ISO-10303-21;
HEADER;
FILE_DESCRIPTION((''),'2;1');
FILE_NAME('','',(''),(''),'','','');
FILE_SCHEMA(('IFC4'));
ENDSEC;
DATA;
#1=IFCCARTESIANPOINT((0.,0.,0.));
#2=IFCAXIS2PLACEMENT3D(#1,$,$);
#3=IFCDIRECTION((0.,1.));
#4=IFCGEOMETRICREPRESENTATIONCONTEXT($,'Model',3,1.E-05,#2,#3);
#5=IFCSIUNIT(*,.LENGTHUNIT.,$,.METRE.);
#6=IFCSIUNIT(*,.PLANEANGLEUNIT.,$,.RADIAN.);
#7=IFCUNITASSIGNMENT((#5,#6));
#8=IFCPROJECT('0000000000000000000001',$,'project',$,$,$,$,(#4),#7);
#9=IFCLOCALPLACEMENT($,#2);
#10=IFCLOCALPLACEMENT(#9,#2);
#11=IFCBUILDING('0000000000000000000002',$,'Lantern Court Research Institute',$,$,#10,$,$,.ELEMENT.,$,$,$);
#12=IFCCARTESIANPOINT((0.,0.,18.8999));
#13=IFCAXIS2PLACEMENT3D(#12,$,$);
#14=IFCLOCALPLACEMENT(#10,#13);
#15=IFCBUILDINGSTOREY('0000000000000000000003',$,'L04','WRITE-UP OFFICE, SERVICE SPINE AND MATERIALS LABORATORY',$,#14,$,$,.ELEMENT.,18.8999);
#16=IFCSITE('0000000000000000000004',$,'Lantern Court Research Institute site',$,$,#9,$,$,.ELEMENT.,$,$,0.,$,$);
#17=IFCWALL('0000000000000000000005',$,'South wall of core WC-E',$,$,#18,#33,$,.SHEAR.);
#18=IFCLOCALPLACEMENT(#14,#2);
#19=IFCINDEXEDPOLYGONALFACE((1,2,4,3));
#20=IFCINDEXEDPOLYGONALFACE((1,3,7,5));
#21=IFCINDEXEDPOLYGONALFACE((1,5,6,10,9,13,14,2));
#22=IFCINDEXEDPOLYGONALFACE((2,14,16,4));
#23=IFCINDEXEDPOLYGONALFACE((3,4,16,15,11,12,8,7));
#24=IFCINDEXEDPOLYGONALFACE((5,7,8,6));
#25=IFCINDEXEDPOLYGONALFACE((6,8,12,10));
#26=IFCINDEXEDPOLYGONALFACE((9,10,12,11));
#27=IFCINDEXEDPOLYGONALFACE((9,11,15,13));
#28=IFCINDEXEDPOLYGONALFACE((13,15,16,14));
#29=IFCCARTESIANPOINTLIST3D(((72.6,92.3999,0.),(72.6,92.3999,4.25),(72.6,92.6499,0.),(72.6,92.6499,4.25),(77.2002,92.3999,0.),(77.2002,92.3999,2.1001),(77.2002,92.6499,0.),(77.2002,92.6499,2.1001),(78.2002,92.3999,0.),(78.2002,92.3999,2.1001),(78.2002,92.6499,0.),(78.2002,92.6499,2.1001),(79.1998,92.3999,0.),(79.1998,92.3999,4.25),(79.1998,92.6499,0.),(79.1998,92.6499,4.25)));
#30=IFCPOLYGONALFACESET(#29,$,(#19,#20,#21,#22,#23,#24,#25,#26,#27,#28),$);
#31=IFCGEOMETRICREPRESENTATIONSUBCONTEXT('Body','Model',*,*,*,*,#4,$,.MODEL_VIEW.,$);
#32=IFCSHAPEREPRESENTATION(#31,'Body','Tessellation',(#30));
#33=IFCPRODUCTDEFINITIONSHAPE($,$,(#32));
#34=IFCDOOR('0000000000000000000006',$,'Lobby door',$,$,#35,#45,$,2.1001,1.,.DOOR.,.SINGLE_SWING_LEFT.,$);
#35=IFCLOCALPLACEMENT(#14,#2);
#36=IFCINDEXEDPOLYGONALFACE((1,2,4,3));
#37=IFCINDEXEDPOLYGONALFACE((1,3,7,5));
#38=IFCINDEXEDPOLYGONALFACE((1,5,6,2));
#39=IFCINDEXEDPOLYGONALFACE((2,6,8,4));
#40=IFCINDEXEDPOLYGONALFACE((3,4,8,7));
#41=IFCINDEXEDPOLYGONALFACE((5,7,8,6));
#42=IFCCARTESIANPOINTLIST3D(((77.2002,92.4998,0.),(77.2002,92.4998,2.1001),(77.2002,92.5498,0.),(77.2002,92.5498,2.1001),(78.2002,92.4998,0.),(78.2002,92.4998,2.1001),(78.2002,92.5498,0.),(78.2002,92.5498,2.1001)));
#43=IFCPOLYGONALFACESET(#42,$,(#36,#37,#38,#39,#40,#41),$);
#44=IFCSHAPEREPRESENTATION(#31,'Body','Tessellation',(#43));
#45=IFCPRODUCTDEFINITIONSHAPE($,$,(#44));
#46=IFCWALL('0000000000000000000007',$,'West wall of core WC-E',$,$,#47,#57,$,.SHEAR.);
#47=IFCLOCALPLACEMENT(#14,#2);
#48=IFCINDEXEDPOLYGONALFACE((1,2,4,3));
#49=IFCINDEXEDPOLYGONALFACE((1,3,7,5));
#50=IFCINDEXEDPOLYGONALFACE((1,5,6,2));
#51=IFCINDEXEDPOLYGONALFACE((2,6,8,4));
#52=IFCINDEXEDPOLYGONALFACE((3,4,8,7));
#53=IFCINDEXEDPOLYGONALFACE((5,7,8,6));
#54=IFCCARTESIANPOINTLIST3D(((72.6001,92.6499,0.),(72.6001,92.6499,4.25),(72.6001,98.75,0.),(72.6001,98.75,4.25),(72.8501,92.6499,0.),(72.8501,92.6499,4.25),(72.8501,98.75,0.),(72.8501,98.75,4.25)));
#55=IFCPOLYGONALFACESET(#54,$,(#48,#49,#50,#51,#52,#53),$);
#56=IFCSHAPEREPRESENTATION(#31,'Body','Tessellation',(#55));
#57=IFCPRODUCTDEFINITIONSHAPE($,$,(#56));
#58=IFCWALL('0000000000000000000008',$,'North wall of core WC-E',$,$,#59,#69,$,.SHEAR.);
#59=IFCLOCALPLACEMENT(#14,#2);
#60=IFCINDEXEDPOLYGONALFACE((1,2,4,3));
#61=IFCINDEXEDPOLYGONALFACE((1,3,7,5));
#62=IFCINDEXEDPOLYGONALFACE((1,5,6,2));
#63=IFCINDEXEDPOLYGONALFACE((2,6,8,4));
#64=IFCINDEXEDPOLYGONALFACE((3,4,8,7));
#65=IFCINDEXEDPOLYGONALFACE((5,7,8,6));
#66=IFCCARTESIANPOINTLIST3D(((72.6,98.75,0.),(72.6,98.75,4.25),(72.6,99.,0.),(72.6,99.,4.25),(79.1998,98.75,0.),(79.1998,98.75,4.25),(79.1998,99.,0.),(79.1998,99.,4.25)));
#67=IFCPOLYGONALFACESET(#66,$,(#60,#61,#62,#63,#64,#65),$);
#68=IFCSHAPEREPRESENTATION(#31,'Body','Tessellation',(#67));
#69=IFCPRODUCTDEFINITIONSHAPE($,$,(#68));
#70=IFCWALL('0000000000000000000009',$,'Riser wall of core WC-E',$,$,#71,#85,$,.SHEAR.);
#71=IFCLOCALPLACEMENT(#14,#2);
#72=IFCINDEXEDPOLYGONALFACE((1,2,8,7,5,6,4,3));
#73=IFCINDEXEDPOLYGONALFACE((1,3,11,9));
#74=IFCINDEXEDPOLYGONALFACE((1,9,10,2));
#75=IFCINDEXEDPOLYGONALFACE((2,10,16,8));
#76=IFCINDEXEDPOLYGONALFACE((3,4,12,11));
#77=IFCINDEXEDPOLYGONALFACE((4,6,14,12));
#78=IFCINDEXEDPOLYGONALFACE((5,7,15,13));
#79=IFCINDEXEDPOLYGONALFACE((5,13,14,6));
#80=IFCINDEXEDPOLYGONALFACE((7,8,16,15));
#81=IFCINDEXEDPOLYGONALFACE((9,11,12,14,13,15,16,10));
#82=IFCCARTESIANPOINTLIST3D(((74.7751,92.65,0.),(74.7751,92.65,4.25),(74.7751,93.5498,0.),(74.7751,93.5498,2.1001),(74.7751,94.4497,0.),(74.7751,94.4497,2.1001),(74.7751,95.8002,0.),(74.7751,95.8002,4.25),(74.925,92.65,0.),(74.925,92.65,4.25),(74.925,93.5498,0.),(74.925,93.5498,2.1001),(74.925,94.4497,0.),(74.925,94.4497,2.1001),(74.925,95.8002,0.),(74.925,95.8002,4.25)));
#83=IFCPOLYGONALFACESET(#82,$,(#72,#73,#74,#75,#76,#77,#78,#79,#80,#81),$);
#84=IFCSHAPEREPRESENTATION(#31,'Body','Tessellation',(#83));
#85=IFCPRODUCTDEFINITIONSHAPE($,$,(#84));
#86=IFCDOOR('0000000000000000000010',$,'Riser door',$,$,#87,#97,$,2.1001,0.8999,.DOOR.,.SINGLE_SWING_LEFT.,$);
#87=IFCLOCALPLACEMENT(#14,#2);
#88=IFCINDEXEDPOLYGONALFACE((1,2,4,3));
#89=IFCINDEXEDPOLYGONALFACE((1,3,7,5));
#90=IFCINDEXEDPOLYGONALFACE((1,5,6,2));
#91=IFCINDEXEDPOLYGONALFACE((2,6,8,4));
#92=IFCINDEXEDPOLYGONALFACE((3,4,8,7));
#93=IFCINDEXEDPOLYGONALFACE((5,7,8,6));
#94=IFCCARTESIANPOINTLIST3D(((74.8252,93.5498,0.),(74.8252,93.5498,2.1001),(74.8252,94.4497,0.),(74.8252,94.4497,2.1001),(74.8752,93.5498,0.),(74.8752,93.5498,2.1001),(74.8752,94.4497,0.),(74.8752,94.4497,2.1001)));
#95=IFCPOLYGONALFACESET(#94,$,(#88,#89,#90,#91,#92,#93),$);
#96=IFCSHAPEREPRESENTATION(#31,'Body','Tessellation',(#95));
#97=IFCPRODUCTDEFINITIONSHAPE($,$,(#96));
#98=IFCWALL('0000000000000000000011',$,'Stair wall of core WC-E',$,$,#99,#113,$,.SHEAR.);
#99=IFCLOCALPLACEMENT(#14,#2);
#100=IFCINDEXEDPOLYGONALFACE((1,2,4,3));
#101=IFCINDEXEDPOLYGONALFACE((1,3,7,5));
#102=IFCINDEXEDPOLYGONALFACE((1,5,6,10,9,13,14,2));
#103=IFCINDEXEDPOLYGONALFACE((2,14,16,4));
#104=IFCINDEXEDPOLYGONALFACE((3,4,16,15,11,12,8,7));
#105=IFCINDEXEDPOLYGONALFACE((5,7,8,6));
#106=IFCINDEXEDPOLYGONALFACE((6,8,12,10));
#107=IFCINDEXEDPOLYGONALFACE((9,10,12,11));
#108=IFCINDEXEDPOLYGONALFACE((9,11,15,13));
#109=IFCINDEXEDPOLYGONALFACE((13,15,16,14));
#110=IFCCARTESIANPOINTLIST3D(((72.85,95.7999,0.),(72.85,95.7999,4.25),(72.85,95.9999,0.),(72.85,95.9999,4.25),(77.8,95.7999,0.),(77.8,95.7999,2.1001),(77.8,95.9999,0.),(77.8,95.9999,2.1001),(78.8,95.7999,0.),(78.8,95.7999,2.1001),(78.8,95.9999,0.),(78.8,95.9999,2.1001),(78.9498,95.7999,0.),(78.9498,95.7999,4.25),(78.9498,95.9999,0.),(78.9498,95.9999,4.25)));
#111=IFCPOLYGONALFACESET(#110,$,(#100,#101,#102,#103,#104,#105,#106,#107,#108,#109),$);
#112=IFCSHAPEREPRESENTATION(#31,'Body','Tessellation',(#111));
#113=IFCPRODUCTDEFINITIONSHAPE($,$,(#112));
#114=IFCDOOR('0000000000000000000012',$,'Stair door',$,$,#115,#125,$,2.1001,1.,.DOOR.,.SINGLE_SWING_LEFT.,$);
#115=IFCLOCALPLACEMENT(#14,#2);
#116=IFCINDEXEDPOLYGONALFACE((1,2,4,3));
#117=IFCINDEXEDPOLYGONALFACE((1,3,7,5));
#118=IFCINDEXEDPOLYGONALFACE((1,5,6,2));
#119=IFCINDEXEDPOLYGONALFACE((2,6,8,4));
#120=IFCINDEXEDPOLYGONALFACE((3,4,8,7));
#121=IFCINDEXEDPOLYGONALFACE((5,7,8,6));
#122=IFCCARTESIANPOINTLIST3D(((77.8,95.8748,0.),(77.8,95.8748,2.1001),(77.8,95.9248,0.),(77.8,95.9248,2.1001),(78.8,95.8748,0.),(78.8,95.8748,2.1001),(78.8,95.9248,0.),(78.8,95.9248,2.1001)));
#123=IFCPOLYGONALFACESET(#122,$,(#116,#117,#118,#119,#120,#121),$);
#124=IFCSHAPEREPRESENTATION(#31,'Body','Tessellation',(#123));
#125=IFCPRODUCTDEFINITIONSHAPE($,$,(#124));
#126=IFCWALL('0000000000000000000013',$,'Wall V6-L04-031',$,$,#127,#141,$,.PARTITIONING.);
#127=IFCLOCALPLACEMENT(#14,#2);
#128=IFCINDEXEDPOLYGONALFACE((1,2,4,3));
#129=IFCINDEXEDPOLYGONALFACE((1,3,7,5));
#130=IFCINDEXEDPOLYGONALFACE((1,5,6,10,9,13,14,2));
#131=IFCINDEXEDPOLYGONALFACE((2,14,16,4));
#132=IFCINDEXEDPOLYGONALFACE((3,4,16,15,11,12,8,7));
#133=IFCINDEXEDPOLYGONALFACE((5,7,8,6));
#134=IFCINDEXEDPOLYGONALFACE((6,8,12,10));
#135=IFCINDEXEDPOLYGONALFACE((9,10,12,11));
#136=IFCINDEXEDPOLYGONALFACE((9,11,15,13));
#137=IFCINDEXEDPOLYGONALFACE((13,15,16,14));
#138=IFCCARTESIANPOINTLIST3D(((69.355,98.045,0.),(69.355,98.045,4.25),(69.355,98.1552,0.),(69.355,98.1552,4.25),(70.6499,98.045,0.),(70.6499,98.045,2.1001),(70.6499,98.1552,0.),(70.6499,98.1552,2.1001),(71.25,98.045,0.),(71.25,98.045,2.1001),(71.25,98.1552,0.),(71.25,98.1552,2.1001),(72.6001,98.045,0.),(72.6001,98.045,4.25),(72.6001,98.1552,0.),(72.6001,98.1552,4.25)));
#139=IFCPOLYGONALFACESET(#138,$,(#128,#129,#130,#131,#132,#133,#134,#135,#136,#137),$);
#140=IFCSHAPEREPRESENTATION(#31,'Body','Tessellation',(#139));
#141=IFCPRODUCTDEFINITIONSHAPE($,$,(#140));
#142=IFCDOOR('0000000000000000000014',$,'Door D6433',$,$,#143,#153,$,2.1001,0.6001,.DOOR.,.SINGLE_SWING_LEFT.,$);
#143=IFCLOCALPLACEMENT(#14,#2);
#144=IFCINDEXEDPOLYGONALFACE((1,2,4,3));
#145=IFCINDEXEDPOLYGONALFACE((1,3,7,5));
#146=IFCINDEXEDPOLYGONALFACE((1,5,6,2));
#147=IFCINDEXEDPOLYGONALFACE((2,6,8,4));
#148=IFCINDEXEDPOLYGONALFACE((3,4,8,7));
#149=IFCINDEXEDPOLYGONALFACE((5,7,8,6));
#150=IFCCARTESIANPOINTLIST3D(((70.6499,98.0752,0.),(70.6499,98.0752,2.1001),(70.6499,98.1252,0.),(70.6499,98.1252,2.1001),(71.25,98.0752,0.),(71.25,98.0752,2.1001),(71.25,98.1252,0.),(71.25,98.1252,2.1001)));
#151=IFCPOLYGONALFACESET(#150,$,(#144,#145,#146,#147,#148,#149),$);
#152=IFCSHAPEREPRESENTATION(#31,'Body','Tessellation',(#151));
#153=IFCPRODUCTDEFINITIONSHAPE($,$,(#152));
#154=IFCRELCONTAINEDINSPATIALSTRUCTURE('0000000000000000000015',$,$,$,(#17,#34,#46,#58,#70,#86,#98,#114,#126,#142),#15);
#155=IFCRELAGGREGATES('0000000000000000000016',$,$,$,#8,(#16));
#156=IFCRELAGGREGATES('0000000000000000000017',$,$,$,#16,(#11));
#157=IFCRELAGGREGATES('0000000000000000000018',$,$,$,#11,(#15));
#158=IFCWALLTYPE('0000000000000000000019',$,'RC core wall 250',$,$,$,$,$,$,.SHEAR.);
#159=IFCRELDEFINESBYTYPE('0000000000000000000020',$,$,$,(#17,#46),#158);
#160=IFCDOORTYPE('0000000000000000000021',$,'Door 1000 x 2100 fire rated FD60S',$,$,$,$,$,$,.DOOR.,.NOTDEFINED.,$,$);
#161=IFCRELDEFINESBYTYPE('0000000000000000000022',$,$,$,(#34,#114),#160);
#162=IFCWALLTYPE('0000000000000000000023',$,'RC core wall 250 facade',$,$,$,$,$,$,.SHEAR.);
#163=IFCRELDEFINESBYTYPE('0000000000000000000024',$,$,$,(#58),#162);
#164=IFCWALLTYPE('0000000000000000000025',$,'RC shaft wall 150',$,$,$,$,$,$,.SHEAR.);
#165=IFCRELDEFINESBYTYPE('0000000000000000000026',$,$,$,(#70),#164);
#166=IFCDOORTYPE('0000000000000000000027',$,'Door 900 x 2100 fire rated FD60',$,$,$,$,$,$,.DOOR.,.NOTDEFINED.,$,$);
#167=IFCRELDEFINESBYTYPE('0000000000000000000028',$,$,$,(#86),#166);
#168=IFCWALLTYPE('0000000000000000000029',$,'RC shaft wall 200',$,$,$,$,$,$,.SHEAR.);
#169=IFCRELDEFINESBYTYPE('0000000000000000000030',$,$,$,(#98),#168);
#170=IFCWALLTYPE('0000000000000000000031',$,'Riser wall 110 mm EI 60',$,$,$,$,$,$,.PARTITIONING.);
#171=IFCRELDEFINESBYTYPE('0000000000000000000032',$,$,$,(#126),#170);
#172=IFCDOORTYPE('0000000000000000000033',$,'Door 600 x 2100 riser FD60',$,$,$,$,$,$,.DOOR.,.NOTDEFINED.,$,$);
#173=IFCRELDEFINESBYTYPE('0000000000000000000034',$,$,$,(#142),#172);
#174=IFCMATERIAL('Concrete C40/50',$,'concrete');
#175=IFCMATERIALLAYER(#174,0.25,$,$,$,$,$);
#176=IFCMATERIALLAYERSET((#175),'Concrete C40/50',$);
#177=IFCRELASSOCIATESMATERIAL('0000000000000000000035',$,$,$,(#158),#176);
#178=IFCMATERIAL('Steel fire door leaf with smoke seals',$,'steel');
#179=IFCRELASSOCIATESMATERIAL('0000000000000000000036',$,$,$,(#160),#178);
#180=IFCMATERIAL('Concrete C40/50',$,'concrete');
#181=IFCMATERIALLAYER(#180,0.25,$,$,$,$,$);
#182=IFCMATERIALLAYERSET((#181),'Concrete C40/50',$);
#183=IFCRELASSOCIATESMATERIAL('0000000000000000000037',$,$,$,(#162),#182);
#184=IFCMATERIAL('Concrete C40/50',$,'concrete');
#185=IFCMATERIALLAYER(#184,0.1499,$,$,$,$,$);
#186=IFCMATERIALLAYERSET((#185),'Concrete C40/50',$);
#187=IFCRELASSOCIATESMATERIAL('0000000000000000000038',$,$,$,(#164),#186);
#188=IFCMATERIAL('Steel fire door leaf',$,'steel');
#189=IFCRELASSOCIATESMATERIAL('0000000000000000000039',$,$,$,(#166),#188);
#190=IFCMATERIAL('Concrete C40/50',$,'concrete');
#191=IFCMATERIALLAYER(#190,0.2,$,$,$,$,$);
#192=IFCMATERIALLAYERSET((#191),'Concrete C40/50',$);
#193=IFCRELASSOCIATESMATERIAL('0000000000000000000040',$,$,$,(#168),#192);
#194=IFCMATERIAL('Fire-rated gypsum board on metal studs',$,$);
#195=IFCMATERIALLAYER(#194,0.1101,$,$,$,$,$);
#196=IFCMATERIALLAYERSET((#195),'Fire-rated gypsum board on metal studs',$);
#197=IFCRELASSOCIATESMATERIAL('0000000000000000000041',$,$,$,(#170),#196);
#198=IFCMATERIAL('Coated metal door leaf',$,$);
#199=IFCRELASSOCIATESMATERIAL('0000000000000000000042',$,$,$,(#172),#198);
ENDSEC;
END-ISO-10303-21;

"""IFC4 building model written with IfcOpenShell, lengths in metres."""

from ifc_helpers import new_model, si_unit, direction, frame, frame_2d, origin, place, context, subcontext, project, spatial, rectangle, extrude, material, layer, layer_set, type_object, element, fill, save


model = new_model("IFC4")

# Units and contexts
model_context = context("Model", 3, precision=1e-05, world=origin(), true_north=direction((0.0, 1.0)))
body_context = subcontext(model_context, "Body", "Model", "MODEL_VIEW")
ifc_project = project(units=[si_unit("LENGTHUNIT", "METRE"), si_unit("PLANEANGLEUNIT", "RADIAN")], contexts=[model_context])

# Site, building, storey
site_placement = place(None, origin())
site = spatial("IfcSite", under=ifc_project, at=site_placement, Name="Lantern Court Research Institute site", CompositionType="ELEMENT", RefElevation=0.0)
building_placement = place(site_placement, origin())
building = spatial("IfcBuilding", under=site, at=building_placement, Name="Lantern Court Research Institute", CompositionType="ELEMENT")
storey_placement = place(building_placement, frame((0.0, 0.0, 18.8999)))
storey = spatial("IfcBuildingStorey", under=building, at=storey_placement, Name="L04", Description="WRITE-UP OFFICE, SERVICE SPINE AND MATERIALS LABORATORY", CompositionType="ELEMENT", Elevation=18.8999)

# Wall, opening, door
ifc_material_1 = material(Name="Concrete C40/50", Category="concrete")
ifc_layer_1 = layer(ifc_material_1, 0.25)
ifc_layer_set_1 = layer_set([ifc_layer_1], Name="Concrete C40/50")
wall_type_1 = type_object("IfcWallType", Name="RC core wall 250", PredefinedType="SHEAR", material=ifc_layer_set_1)
wall_1_placement = place(storey_placement, frame((72.6001, 92.5249, 0.0), z_axis=(0.0, 0.0, 1.0), x_axis=(1.0, 0.0, 0.0)))
wall_1 = element("IfcWall", 1, at=wall_1_placement, inside=storey, type_object=wall_type_1, Name="South wall of core WC-E", PredefinedType="SHEAR", context=body_context, shape_type="SweptSolid", body=[
    extrude(rectangle(XDim=6.5999, YDim=0.25, at=frame_2d((3.2998, 0.0))), origin(), (0.0, 0.0, 1.0), 4.25),
])
opening_1_placement = place(wall_1_placement, frame((4.6001, 0.0, 0.0)))
opening_1 = element("IfcOpeningElement", 2, at=opening_1_placement, cuts=wall_1, PredefinedType="OPENING", context=body_context, shape_type="SweptSolid", body=[
    extrude(rectangle(XDim=1.0, YDim=2.1001, at=frame_2d((0.5, 1.05))), frame((0.0, 0.135, 0.0), z_axis=(0.0, -1.0, 0.0), x_axis=(1.0, 0.0, 0.0)), (0.0, 0.0, 1.0), 0.27),
])
ifc_material_2 = material(Name="Steel fire door leaf with smoke seals", Category="steel")
door_type_1 = type_object("IfcDoorType", Name="Door 1000 x 2100 fire rated FD60S", OperationType="NOTDEFINED", PredefinedType="DOOR", material=ifc_material_2)
door_1_placement = place(opening_1_placement, origin())
door_1 = element("IfcDoor", 3, at=door_1_placement, inside=storey, type_object=door_type_1, Name="Lobby door", OperationType="SINGLE_SWING_LEFT", OverallHeight=2.1001, OverallWidth=1.0, PredefinedType="DOOR", context=body_context, shape_type="SweptSolid", body=[
    extrude(rectangle(XDim=1.0, YDim=2.1001, at=frame_2d((0.5, 1.05))), frame((0.0, 0.0249, 0.0), z_axis=(0.0, -1.0, 0.0), x_axis=(1.0, 0.0, 0.0)), (0.0, 0.0, 1.0), 0.05),
])
fill(opening_1, door_1)

# Walls
wall_2_placement = place(storey_placement, frame((72.7251, 92.6499, 0.0), z_axis=(0.0, 0.0, 1.0), x_axis=(0.0, 1.0, 0.0)))
element("IfcWall", 4, at=wall_2_placement, inside=storey, type_object=wall_type_1, Name="West wall of core WC-E", PredefinedType="SHEAR", context=body_context, shape_type="SweptSolid", body=[
    extrude(rectangle(XDim=6.1001, YDim=0.25, at=frame_2d((3.05, 0.0))), origin(), (0.0, 0.0, 1.0), 4.25),
])
ifc_material_3 = material(Name="Concrete C40/50", Category="concrete")
ifc_layer_2 = layer(ifc_material_3, 0.25)
ifc_layer_set_2 = layer_set([ifc_layer_2], Name="Concrete C40/50")
wall_type_2 = type_object("IfcWallType", Name="RC core wall 250 facade", PredefinedType="SHEAR", material=ifc_layer_set_2)
wall_3_placement = place(storey_placement, frame((72.6001, 98.875, 0.0), z_axis=(0.0, 0.0, 1.0), x_axis=(1.0, 0.0, 0.0)))
element("IfcWall", 5, at=wall_3_placement, inside=storey, type_object=wall_type_2, Name="North wall of core WC-E", PredefinedType="SHEAR", context=body_context, shape_type="SweptSolid", body=[
    extrude(rectangle(XDim=6.5999, YDim=0.25, at=frame_2d((3.2998, 0.0))), origin(), (0.0, 0.0, 1.0), 4.25),
])

# Walls, openings, doors
ifc_material_4 = material(Name="Concrete C40/50", Category="concrete")
ifc_layer_3 = layer(ifc_material_4, 0.1499)
ifc_layer_set_3 = layer_set([ifc_layer_3], Name="Concrete C40/50")
wall_type_3 = type_object("IfcWallType", Name="RC shaft wall 150", PredefinedType="SHEAR", material=ifc_layer_set_3)
wall_4_placement = place(storey_placement, frame((74.8501, 92.6499, 0.0), z_axis=(0.0, 0.0, 1.0), x_axis=(0.0, 1.0, 0.0)))
wall_4 = element("IfcWall", 6, at=wall_4_placement, inside=storey, type_object=wall_type_3, Name="Riser wall of core WC-E", PredefinedType="SHEAR", context=body_context, shape_type="SweptSolid", body=[
    extrude(rectangle(XDim=3.1501, YDim=0.1499, at=frame_2d((1.5752, 0.0))), origin(), (0.0, 0.0, 1.0), 4.25),
])
opening_2_placement = place(wall_4_placement, frame((0.8999, 0.0, 0.0)))
opening_2 = element("IfcOpeningElement", 7, at=opening_2_placement, cuts=wall_4, PredefinedType="OPENING", context=body_context, shape_type="SweptSolid", body=[
    extrude(rectangle(XDim=0.8999, YDim=2.1001, at=frame_2d((0.45, 1.05))), frame((0.0, 0.085, 0.0), z_axis=(0.0, -1.0, 0.0), x_axis=(1.0, 0.0, 0.0)), (0.0, 0.0, 1.0), 0.1699),
])
ifc_material_5 = material(Name="Steel fire door leaf", Category="steel")
door_type_2 = type_object("IfcDoorType", Name="Door 900 x 2100 fire rated FD60", OperationType="NOTDEFINED", PredefinedType="DOOR", material=ifc_material_5)
door_2_placement = place(opening_2_placement, origin())
door_2 = element("IfcDoor", 8, at=door_2_placement, inside=storey, type_object=door_type_2, Name="Riser door", OperationType="SINGLE_SWING_LEFT", OverallHeight=2.1001, OverallWidth=0.8999, PredefinedType="DOOR", context=body_context, shape_type="SweptSolid", body=[
    extrude(rectangle(XDim=0.8999, YDim=2.1001, at=frame_2d((0.45, 1.05))), frame((0.0, 0.0249, 0.0), z_axis=(0.0, -1.0, 0.0), x_axis=(1.0, 0.0, 0.0)), (0.0, 0.0, 1.0), 0.05),
])
fill(opening_2, door_2)
ifc_material_6 = material(Name="Concrete C40/50", Category="concrete")
ifc_layer_4 = layer(ifc_material_6, 0.2)
ifc_layer_set_4 = layer_set([ifc_layer_4], Name="Concrete C40/50")
wall_type_4 = type_object("IfcWallType", Name="RC shaft wall 200", PredefinedType="SHEAR", material=ifc_layer_set_4)
wall_5_placement = place(storey_placement, frame((72.8501, 95.8999, 0.0), z_axis=(0.0, 0.0, 1.0), x_axis=(1.0, 0.0, 0.0)))
wall_5 = element("IfcWall", 9, at=wall_5_placement, inside=storey, type_object=wall_type_4, Name="Stair wall of core WC-E", PredefinedType="SHEAR", context=body_context, shape_type="SweptSolid", body=[
    extrude(rectangle(XDim=6.0999, YDim=0.2, at=frame_2d((3.0498, 0.0))), origin(), (0.0, 0.0, 1.0), 4.25),
])
opening_3_placement = place(wall_5_placement, frame((4.95, 0.0, 0.0)))
opening_3 = element("IfcOpeningElement", 10, at=opening_3_placement, cuts=wall_5, PredefinedType="OPENING", context=body_context, shape_type="SweptSolid", body=[
    extrude(rectangle(XDim=1.0, YDim=2.1001, at=frame_2d((0.5, 1.05))), frame((0.0, 0.1099, 0.0), z_axis=(0.0, -1.0, 0.0), x_axis=(1.0, 0.0, 0.0)), (0.0, 0.0, 1.0), 0.22),
])
door_3_placement = place(opening_3_placement, origin())
door_3 = element("IfcDoor", 11, at=door_3_placement, inside=storey, type_object=door_type_1, Name="Stair door", OperationType="SINGLE_SWING_LEFT", OverallHeight=2.1001, OverallWidth=1.0, PredefinedType="DOOR", context=body_context, shape_type="SweptSolid", body=[
    extrude(rectangle(XDim=1.0, YDim=2.1001, at=frame_2d((0.5, 1.05))), frame((0.0, 0.0249, 0.0), z_axis=(0.0, -1.0, 0.0), x_axis=(1.0, 0.0, 0.0)), (0.0, 0.0, 1.0), 0.05),
])
fill(opening_3, door_3)
ifc_material_7 = material(Name="Fire-rated gypsum board on metal studs")
ifc_layer_5 = layer(ifc_material_7, 0.1101)
ifc_layer_set_5 = layer_set([ifc_layer_5], Name="Fire-rated gypsum board on metal studs")
wall_type_5 = type_object("IfcWallType", Name="Riser wall 110 mm EI 60", PredefinedType="PARTITIONING", material=ifc_layer_set_5)
wall_6_placement = place(storey_placement, frame((72.6001, 98.1001, 0.0), z_axis=(0.0, 0.0, 1.0), x_axis=(-1.0, 0.0, 0.0)))
wall_6 = element("IfcWall", 12, at=wall_6_placement, inside=storey, type_object=wall_type_5, Name="Wall V6-L04-031", PredefinedType="PARTITIONING", context=body_context, shape_type="SweptSolid", body=[
    extrude(rectangle(XDim=3.2451, YDim=0.1101, at=frame_2d((1.6226, 0.0))), origin(), (0.0, 0.0, 1.0), 4.25),
])
opening_4_placement = place(wall_6_placement, frame((1.3501, 0.0, 0.0)))
opening_4 = element("IfcOpeningElement", 13, at=opening_4_placement, cuts=wall_6, PredefinedType="OPENING", context=body_context, shape_type="SweptSolid", body=[
    extrude(rectangle(XDim=0.6001, YDim=2.1001, at=frame_2d((0.3, 1.05))), frame((0.0, 0.0649, 0.0), z_axis=(0.0, -1.0, 0.0), x_axis=(1.0, 0.0, 0.0)), (0.0, 0.0, 1.0), 0.1301),
])
ifc_material_8 = material(Name="Coated metal door leaf")
door_type_3 = type_object("IfcDoorType", Name="Door 600 x 2100 riser FD60", OperationType="NOTDEFINED", PredefinedType="DOOR", material=ifc_material_8)
door_4_placement = place(opening_4_placement, origin())
door_4 = element("IfcDoor", 14, at=door_4_placement, inside=storey, type_object=door_type_3, Name="Door D6433", OperationType="SINGLE_SWING_LEFT", OverallHeight=2.1001, OverallWidth=0.6001, PredefinedType="DOOR", context=body_context, shape_type="SweptSolid", body=[
    extrude(rectangle(XDim=0.6001, YDim=2.1001, at=frame_2d((0.3, 1.05))), frame((0.0, 0.0249, 0.0), z_axis=(0.0, -1.0, 0.0), x_axis=(1.0, 0.0, 0.0)), (0.0, 0.0, 1.0), 0.05),
])
fill(opening_4, door_4)

save(model, "model.ifc")
